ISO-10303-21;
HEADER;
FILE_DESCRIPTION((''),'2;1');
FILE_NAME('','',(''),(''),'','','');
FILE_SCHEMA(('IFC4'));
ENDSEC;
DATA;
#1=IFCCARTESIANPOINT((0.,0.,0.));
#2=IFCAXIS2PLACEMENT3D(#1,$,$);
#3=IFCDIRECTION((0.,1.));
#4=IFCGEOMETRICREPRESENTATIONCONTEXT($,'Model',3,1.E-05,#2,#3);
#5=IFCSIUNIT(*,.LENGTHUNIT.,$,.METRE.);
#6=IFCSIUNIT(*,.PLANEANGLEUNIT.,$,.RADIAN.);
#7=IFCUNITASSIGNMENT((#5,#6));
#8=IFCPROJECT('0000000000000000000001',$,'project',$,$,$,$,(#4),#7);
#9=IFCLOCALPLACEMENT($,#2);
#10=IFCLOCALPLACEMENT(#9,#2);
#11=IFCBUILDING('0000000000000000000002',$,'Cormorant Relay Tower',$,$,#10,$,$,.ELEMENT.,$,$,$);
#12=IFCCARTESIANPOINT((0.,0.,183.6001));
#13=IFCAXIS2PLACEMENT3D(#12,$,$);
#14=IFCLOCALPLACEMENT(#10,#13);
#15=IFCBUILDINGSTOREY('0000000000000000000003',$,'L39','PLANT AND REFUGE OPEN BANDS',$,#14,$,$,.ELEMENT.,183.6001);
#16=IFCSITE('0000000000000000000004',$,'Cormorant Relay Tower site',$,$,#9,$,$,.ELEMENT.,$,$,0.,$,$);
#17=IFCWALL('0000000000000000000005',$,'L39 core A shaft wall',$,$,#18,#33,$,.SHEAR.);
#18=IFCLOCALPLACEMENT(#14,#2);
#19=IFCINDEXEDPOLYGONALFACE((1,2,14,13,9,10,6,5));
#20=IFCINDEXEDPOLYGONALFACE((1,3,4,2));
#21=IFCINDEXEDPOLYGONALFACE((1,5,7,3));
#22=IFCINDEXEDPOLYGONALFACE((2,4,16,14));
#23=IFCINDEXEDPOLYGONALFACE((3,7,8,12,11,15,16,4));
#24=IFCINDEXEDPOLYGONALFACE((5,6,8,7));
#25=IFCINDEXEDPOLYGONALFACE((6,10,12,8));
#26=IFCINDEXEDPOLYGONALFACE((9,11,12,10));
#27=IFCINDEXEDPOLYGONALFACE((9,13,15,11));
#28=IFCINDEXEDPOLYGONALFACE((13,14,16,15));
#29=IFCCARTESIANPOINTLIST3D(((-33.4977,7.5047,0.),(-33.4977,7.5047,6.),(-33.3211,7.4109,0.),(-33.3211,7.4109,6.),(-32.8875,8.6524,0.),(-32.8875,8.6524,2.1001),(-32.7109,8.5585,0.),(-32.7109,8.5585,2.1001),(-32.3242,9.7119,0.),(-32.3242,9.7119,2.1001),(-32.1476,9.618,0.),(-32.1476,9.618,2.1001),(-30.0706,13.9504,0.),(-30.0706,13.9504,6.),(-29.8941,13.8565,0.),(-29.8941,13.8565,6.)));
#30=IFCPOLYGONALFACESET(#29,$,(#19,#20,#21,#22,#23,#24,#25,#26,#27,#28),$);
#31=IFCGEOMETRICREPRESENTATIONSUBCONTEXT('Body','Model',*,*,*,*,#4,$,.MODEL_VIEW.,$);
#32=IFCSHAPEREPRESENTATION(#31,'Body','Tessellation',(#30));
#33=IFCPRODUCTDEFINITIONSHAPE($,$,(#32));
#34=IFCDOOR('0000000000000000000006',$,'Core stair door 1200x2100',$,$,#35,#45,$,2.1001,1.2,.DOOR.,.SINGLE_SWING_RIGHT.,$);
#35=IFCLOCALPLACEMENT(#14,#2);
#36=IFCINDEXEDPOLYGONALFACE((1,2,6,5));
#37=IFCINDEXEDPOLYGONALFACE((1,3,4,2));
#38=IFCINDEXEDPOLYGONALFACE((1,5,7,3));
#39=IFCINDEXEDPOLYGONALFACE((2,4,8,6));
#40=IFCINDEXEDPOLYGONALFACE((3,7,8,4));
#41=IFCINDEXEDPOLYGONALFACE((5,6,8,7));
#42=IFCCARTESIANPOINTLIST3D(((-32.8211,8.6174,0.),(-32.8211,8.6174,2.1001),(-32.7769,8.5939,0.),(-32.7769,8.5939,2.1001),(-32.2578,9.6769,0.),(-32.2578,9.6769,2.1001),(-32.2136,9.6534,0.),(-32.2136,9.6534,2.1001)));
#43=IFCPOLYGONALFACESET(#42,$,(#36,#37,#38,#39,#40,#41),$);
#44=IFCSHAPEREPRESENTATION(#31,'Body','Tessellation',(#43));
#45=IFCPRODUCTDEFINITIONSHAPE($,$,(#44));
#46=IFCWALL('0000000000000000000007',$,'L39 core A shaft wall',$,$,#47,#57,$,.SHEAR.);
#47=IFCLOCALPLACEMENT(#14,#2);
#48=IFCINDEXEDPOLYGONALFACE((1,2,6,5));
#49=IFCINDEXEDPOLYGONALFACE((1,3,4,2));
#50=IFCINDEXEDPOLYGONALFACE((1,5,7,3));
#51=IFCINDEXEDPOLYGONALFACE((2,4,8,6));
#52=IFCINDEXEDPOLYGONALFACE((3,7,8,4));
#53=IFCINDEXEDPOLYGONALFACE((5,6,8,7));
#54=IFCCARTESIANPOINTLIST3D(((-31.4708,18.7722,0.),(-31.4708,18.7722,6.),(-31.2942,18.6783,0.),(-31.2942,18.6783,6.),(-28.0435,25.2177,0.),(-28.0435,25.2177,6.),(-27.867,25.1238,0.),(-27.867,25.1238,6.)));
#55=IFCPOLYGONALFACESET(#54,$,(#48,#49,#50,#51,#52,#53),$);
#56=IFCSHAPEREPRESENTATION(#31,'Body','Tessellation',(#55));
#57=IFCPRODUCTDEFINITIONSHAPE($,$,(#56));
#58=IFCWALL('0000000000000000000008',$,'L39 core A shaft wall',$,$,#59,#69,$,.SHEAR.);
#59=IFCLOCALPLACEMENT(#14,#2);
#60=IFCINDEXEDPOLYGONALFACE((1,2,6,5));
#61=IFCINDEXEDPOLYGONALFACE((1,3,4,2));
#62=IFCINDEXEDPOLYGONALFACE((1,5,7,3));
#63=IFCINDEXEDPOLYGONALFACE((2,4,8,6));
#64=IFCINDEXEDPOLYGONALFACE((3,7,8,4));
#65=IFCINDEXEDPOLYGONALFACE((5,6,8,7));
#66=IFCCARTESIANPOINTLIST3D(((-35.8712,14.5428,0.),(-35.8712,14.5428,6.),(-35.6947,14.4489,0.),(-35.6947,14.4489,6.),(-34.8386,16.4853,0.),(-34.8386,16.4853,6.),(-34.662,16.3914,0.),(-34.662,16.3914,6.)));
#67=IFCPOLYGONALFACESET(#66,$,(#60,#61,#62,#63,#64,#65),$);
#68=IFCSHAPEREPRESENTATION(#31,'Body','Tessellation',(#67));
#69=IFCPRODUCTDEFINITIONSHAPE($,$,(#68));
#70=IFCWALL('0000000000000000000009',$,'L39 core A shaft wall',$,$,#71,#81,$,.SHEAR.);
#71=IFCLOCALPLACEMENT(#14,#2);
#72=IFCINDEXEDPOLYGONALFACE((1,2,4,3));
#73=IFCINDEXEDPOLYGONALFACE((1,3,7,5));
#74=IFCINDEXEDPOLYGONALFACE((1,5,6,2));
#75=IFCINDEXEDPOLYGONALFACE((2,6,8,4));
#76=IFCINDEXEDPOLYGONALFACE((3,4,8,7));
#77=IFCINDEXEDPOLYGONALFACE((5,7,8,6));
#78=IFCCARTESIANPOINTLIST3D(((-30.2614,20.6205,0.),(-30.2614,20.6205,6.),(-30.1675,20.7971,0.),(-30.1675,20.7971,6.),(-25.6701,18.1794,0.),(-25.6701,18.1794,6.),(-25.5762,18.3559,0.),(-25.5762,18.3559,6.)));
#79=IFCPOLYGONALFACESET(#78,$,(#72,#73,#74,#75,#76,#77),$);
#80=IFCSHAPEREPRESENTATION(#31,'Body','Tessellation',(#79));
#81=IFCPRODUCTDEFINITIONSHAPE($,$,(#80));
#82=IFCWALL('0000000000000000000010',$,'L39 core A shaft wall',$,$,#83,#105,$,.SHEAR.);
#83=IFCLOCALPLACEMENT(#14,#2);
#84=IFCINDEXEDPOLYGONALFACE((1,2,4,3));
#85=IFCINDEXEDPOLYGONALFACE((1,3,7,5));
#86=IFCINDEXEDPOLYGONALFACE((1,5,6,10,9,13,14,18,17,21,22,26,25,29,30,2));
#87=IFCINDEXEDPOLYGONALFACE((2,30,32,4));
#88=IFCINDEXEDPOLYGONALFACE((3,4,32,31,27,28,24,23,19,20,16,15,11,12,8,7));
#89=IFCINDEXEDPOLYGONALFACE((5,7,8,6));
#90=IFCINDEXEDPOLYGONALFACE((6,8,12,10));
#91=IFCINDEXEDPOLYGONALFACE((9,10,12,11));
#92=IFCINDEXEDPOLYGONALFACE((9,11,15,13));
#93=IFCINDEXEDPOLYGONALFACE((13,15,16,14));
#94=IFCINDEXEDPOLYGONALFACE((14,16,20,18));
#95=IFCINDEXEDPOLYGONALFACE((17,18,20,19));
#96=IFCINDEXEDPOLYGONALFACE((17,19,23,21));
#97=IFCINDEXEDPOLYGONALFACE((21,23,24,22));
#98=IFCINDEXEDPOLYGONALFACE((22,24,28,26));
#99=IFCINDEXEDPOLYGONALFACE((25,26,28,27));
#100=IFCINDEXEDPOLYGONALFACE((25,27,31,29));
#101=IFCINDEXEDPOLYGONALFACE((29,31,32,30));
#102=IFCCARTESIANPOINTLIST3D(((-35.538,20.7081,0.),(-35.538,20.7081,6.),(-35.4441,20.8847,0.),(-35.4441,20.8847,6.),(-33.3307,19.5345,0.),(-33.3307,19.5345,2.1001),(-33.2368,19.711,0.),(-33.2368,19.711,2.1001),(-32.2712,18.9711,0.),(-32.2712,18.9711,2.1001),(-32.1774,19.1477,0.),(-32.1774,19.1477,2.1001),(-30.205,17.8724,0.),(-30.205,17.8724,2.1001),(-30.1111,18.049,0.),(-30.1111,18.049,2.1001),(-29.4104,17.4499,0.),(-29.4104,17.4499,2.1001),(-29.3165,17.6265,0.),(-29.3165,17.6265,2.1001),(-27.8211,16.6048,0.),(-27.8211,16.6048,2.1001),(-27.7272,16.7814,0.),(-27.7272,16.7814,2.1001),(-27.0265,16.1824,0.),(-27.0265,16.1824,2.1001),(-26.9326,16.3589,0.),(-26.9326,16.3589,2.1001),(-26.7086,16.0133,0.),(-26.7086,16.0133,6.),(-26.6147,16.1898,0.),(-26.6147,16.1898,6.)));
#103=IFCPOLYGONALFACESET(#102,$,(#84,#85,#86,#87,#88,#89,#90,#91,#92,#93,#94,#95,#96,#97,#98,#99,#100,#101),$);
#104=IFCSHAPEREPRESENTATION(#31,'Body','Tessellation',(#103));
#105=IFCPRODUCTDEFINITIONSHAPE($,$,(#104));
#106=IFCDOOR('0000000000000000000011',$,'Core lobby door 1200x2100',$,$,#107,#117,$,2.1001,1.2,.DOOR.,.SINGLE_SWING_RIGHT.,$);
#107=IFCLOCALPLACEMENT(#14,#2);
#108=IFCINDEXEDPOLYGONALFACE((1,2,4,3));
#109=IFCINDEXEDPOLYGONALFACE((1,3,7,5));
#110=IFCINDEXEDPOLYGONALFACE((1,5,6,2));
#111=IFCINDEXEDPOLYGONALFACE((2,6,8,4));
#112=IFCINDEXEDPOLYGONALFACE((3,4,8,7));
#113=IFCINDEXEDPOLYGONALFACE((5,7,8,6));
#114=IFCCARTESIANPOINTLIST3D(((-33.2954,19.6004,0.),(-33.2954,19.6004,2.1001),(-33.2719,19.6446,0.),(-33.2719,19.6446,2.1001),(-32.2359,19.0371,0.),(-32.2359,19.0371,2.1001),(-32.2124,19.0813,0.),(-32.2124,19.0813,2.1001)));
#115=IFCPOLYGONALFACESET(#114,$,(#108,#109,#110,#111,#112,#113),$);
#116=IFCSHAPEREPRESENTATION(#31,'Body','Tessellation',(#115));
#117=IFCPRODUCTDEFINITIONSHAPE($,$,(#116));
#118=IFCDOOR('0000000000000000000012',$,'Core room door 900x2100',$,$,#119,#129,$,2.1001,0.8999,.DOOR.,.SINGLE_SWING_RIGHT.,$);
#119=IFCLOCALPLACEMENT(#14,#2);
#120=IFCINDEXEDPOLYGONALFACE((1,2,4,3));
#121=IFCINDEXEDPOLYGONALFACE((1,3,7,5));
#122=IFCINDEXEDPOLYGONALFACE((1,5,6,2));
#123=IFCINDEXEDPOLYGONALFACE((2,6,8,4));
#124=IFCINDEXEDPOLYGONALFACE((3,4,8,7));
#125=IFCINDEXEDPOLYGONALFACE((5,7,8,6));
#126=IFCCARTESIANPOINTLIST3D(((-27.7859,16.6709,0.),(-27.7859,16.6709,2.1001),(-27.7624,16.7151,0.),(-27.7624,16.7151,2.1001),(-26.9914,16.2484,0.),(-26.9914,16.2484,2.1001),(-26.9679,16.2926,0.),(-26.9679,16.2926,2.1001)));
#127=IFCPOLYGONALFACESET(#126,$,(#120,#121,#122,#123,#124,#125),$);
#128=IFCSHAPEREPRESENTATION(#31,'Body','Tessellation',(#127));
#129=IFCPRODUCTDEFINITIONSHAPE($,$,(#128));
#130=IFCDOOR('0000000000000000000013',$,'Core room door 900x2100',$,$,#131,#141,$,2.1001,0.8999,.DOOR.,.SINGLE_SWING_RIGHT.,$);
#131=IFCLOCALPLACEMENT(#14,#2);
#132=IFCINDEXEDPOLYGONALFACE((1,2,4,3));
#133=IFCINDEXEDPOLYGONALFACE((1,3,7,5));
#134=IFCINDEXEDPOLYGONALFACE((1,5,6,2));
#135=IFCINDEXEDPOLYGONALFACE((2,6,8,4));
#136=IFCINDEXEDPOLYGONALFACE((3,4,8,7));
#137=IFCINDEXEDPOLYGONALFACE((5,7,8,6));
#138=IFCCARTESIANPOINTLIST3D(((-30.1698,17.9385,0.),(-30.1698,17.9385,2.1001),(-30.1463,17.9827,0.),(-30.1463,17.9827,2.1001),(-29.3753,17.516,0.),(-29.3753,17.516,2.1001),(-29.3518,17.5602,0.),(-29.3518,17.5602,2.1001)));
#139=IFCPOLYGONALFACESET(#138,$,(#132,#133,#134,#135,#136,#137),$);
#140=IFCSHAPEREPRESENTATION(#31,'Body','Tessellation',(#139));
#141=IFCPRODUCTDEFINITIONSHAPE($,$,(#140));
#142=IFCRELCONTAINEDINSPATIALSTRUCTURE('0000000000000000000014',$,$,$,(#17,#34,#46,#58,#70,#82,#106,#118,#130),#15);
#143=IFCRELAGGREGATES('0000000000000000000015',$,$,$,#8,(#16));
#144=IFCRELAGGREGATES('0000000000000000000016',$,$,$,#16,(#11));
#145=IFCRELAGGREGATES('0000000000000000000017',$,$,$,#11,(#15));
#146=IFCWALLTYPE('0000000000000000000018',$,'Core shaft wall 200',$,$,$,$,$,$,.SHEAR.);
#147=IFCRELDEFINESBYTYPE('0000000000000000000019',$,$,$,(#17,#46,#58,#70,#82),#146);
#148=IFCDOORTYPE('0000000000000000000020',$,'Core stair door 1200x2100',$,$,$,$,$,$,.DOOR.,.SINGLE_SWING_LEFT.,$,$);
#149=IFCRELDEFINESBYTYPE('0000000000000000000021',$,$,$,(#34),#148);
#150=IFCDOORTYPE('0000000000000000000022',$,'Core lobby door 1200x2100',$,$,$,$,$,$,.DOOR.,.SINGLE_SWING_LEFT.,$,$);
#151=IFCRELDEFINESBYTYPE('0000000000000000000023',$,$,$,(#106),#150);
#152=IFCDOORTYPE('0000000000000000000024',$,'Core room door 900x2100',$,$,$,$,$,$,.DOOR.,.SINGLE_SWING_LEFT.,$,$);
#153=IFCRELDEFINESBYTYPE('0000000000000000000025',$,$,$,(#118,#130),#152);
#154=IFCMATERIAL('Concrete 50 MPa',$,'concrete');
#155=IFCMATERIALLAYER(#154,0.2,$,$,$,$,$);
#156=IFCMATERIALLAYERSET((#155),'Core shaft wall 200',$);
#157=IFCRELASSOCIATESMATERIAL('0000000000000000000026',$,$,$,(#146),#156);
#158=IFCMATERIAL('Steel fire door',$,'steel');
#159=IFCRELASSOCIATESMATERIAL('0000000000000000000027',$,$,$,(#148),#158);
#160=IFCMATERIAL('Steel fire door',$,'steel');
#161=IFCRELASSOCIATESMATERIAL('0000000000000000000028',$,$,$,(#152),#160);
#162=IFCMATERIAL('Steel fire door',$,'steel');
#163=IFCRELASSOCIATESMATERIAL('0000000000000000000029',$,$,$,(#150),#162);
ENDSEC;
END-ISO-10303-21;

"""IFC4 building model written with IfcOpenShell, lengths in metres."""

from ifc_helpers import new_model, si_unit, direction, frame, frame_2d, origin, place, context, subcontext, project, spatial, rectangle, extrude, material, layer, layer_set, type_object, element, fill, save


model = new_model("IFC4")

# Units and contexts
model_context = context("Model", 3, precision=1e-05, world=origin(), true_north=direction((0.0, 1.0)))
body_context = subcontext(model_context, "Body", "Model", "MODEL_VIEW")
ifc_project = project(units=[si_unit("LENGTHUNIT", "METRE"), si_unit("PLANEANGLEUNIT", "RADIAN")], contexts=[model_context])

# Site, building, storey
site_placement = place(None, origin())
site = spatial("IfcSite", under=ifc_project, at=site_placement, Name="Cormorant Relay Tower site", CompositionType="ELEMENT", RefElevation=0.0)
building_placement = place(site_placement, origin())
building = spatial("IfcBuilding", under=site, at=building_placement, Name="Cormorant Relay Tower", CompositionType="ELEMENT")
storey_placement = place(building_placement, frame((0.0, 0.0, 183.6001)))
storey = spatial("IfcBuildingStorey", under=building, at=storey_placement, Name="L39", Description="PLANT AND REFUGE OPEN BANDS", CompositionType="ELEMENT", Elevation=183.6001)

# Shared definitions
ifc_material_1 = material(Name="Concrete 50 MPa", Category="concrete")
ifc_layer_1 = layer(ifc_material_1, 0.2)
ifc_layer_set_1 = layer_set([ifc_layer_1], Name="Core shaft wall 200")
wall_type_1 = type_object("IfcWallType", Name="Core shaft wall 200", PredefinedType="SHEAR", material=ifc_layer_set_1)
ifc_material_2 = material(Name="Steel fire door", Category="steel")
door_type_1 = type_object("IfcDoorType", Name="Core stair door 1200x2100", OperationType="SINGLE_SWING_LEFT", PredefinedType="DOOR", material=ifc_material_2)
ifc_material_3 = material(Name="Steel fire door", Category="steel")
door_type_2 = type_object("IfcDoorType", Name="Core room door 900x2100", OperationType="SINGLE_SWING_LEFT", PredefinedType="DOOR", material=ifc_material_3)

# Wall, opening, door
wall_1_placement = place(storey_placement, frame((-29.9824, 13.9033, 0.0), z_axis=(0.0, 0.0, 1.0), x_axis=(-0.469454, -0.882957, 0.0)))
wall_1 = element("IfcWall", 1, at=wall_1_placement, inside=storey, type_object=wall_type_1, Name="L39 core A shaft wall", PredefinedType="SHEAR", context=body_context, shape_type="SweptSolid", body=[
    extrude(rectangle(XDim=7.3, YDim=0.2, at=frame_2d((3.6499, 0.0))), origin(), (0.0, 0.0, 1.0), 6.0),
])
opening_1_placement = place(wall_1_placement, frame((4.8, 0.0, 0.0)))
opening_1 = element("IfcOpeningElement", 2, at=opening_1_placement, cuts=wall_1, PredefinedType="OPENING", context=body_context, shape_type="SweptSolid", body=[
    extrude(rectangle(XDim=1.2, YDim=2.1001, at=frame_2d((0.6001, 1.05))), frame((0.0, 0.1099, 0.0), z_axis=(0.0, -1.0, 0.0), x_axis=(1.0, 0.0, 0.0)), (0.0, 0.0, 1.0), 0.22),
])
door_1_placement = place(opening_1_placement, frame((1.2, 0.0, 0.0), z_axis=(0.0, 0.0, 1.0), x_axis=(-1.0, 0.0, 0.0)))
door_1 = element("IfcDoor", 3, at=door_1_placement, inside=storey, type_object=door_type_1, Name="Core stair door 1200x2100", OperationType="SINGLE_SWING_RIGHT", OverallHeight=2.1001, OverallWidth=1.2, PredefinedType="DOOR", context=body_context, shape_type="SweptSolid", body=[
    extrude(rectangle(XDim=1.2, YDim=2.1001, at=frame_2d((0.6001, 1.05))), frame((0.0, 0.0249, 0.0), z_axis=(0.0, -1.0, 0.0), x_axis=(1.0, 0.0, 0.0)), (0.0, 0.0, 1.0), 0.05),
])
fill(opening_1, door_1)

# Walls
wall_2_placement = place(storey_placement, frame((-27.9553, 25.1707, 0.0), z_axis=(0.0, 0.0, 1.0), x_axis=(-0.46948, -0.882943, 0.0)))
element("IfcWall", 4, at=wall_2_placement, inside=storey, type_object=wall_type_1, Name="L39 core A shaft wall", PredefinedType="SHEAR", context=body_context, shape_type="SweptSolid", body=[
    extrude(rectangle(XDim=7.3, YDim=0.2, at=frame_2d((3.6499, 0.0))), origin(), (0.0, 0.0, 1.0), 6.0),
])
wall_3_placement = place(storey_placement, frame((-34.7502, 16.4385, 0.0), z_axis=(0.0, 0.0, 1.0), x_axis=(-0.469401, -0.882985, 0.0)))
element("IfcWall", 5, at=wall_3_placement, inside=storey, type_object=wall_type_1, Name="L39 core A shaft wall", PredefinedType="SHEAR", context=body_context, shape_type="SweptSolid", body=[
    extrude(rectangle(XDim=2.2, YDim=0.2, at=frame_2d((1.1001, 0.0))), origin(), (0.0, 0.0, 1.0), 6.0),
])

# Wall
wall_4_placement = place(storey_placement, frame((-25.623, 18.2676, 0.0), z_axis=(0.0, 0.0, 1.0), x_axis=(-0.882954, 0.46946, 0.0)))
element("IfcWall", 6, at=wall_4_placement, inside=storey, type_object=wall_type_1, Name="L39 core A shaft wall", PredefinedType="SHEAR", context=body_context, shape_type="SweptSolid", body=[
    extrude(rectangle(XDim=5.2, YDim=0.2, at=frame_2d((2.6001, 0.0))), origin(), (0.0, 0.0, 1.0), 6.0),
])

# Wall, openings, doors
wall_5_placement = place(storey_placement, frame((-26.6616, 16.1016, 0.0), z_axis=(0.0, 0.0, 1.0), x_axis=(-0.88294, 0.469485, 0.0)))
wall_5 = element("IfcWall", 7, at=wall_5_placement, inside=storey, type_object=wall_type_1, Name="L39 core A shaft wall", PredefinedType="SHEAR", context=body_context, shape_type="SweptSolid", body=[
    extrude(rectangle(XDim=10.0, YDim=0.2, at=frame_2d((5.0, 0.0))), origin(), (0.0, 0.0, 1.0), 6.0),
])
opening_2_placement = place(wall_5_placement, frame((6.3, 0.0, 0.0)))
opening_2 = element("IfcOpeningElement", 8, at=opening_2_placement, cuts=wall_5, PredefinedType="OPENING", context=body_context, shape_type="SweptSolid", body=[
    extrude(rectangle(XDim=1.2, YDim=2.1001, at=frame_2d((0.6001, 1.05))), frame((0.0, 0.1099, 0.0), z_axis=(0.0, -1.0, 0.0), x_axis=(1.0, 0.0, 0.0)), (0.0, 0.0, 1.0), 0.22),
])
opening_3_placement = place(wall_5_placement, frame((0.3601, 0.0, 0.0)))
opening_3 = element("IfcOpeningElement", 9, at=opening_3_placement, cuts=wall_5, PredefinedType="OPENING", context=body_context, shape_type="SweptSolid", body=[
    extrude(rectangle(XDim=0.8999, YDim=2.1001, at=frame_2d((0.45, 1.05))), frame((0.0, 0.1099, 0.0), z_axis=(0.0, -1.0, 0.0), x_axis=(1.0, 0.0, 0.0)), (0.0, 0.0, 1.0), 0.22),
])
opening_4_placement = place(wall_5_placement, frame((3.0601, 0.0, 0.0)))
opening_4 = element("IfcOpeningElement", 10, at=opening_4_placement, cuts=wall_5, PredefinedType="OPENING", context=body_context, shape_type="SweptSolid", body=[
    extrude(rectangle(XDim=0.8999, YDim=2.1001, at=frame_2d((0.45, 1.05))), frame((0.0, 0.1099, 0.0), z_axis=(0.0, -1.0, 0.0), x_axis=(1.0, 0.0, 0.0)), (0.0, 0.0, 1.0), 0.22),
])
ifc_material_4 = material(Name="Steel fire door", Category="steel")
door_type_3 = type_object("IfcDoorType", Name="Core lobby door 1200x2100", OperationType="SINGLE_SWING_LEFT", PredefinedType="DOOR", material=ifc_material_4)
door_2_placement = place(opening_2_placement, frame((1.2, 0.0, 0.0), z_axis=(0.0, 0.0, 1.0), x_axis=(-1.0, 0.0, 0.0)))
door_2 = element("IfcDoor", 11, at=door_2_placement, inside=storey, type_object=door_type_3, Name="Core lobby door 1200x2100", OperationType="SINGLE_SWING_RIGHT", OverallHeight=2.1001, OverallWidth=1.2, PredefinedType="DOOR", context=body_context, shape_type="SweptSolid", body=[
    extrude(rectangle(XDim=1.2, YDim=2.1001, at=frame_2d((0.6001, 1.05))), frame((0.0, 0.0249, 0.0), z_axis=(0.0, -1.0, 0.0), x_axis=(1.0, 0.0, 0.0)), (0.0, 0.0, 1.0), 0.05),
])
fill(opening_2, door_2)
door_3_placement = place(opening_3_placement, frame((0.8999, 0.0, 0.0), z_axis=(0.0, 0.0, 1.0), x_axis=(-1.0, 0.0, 0.0)))
door_3 = element("IfcDoor", 12, at=door_3_placement, inside=storey, type_object=door_type_2, Name="Core room door 900x2100", OperationType="SINGLE_SWING_RIGHT", OverallHeight=2.1001, OverallWidth=0.8999, PredefinedType="DOOR", context=body_context, shape_type="SweptSolid", body=[
    extrude(rectangle(XDim=0.8999, YDim=2.1001, at=frame_2d((0.45, 1.05))), frame((0.0, 0.0249, 0.0), z_axis=(0.0, -1.0, 0.0), x_axis=(1.0, 0.0, 0.0)), (0.0, 0.0, 1.0), 0.05),
])
fill(opening_3, door_3)
door_4_placement = place(opening_4_placement, frame((0.8999, 0.0, 0.0), z_axis=(0.0, 0.0, 1.0), x_axis=(-1.0, 0.0, 0.0)))
door_4 = element("IfcDoor", 13, at=door_4_placement, inside=storey, type_object=door_type_2, Name="Core room door 900x2100", OperationType="SINGLE_SWING_RIGHT", OverallHeight=2.1001, OverallWidth=0.8999, PredefinedType="DOOR", context=body_context, shape_type="SweptSolid", body=[
    extrude(rectangle(XDim=0.8999, YDim=2.1001, at=frame_2d((0.45, 1.05))), frame((0.0, 0.0249, 0.0), z_axis=(0.0, -1.0, 0.0), x_axis=(1.0, 0.0, 0.0)), (0.0, 0.0, 1.0), 0.05),
])
fill(opening_4, door_4)

save(model, "model.ifc")
